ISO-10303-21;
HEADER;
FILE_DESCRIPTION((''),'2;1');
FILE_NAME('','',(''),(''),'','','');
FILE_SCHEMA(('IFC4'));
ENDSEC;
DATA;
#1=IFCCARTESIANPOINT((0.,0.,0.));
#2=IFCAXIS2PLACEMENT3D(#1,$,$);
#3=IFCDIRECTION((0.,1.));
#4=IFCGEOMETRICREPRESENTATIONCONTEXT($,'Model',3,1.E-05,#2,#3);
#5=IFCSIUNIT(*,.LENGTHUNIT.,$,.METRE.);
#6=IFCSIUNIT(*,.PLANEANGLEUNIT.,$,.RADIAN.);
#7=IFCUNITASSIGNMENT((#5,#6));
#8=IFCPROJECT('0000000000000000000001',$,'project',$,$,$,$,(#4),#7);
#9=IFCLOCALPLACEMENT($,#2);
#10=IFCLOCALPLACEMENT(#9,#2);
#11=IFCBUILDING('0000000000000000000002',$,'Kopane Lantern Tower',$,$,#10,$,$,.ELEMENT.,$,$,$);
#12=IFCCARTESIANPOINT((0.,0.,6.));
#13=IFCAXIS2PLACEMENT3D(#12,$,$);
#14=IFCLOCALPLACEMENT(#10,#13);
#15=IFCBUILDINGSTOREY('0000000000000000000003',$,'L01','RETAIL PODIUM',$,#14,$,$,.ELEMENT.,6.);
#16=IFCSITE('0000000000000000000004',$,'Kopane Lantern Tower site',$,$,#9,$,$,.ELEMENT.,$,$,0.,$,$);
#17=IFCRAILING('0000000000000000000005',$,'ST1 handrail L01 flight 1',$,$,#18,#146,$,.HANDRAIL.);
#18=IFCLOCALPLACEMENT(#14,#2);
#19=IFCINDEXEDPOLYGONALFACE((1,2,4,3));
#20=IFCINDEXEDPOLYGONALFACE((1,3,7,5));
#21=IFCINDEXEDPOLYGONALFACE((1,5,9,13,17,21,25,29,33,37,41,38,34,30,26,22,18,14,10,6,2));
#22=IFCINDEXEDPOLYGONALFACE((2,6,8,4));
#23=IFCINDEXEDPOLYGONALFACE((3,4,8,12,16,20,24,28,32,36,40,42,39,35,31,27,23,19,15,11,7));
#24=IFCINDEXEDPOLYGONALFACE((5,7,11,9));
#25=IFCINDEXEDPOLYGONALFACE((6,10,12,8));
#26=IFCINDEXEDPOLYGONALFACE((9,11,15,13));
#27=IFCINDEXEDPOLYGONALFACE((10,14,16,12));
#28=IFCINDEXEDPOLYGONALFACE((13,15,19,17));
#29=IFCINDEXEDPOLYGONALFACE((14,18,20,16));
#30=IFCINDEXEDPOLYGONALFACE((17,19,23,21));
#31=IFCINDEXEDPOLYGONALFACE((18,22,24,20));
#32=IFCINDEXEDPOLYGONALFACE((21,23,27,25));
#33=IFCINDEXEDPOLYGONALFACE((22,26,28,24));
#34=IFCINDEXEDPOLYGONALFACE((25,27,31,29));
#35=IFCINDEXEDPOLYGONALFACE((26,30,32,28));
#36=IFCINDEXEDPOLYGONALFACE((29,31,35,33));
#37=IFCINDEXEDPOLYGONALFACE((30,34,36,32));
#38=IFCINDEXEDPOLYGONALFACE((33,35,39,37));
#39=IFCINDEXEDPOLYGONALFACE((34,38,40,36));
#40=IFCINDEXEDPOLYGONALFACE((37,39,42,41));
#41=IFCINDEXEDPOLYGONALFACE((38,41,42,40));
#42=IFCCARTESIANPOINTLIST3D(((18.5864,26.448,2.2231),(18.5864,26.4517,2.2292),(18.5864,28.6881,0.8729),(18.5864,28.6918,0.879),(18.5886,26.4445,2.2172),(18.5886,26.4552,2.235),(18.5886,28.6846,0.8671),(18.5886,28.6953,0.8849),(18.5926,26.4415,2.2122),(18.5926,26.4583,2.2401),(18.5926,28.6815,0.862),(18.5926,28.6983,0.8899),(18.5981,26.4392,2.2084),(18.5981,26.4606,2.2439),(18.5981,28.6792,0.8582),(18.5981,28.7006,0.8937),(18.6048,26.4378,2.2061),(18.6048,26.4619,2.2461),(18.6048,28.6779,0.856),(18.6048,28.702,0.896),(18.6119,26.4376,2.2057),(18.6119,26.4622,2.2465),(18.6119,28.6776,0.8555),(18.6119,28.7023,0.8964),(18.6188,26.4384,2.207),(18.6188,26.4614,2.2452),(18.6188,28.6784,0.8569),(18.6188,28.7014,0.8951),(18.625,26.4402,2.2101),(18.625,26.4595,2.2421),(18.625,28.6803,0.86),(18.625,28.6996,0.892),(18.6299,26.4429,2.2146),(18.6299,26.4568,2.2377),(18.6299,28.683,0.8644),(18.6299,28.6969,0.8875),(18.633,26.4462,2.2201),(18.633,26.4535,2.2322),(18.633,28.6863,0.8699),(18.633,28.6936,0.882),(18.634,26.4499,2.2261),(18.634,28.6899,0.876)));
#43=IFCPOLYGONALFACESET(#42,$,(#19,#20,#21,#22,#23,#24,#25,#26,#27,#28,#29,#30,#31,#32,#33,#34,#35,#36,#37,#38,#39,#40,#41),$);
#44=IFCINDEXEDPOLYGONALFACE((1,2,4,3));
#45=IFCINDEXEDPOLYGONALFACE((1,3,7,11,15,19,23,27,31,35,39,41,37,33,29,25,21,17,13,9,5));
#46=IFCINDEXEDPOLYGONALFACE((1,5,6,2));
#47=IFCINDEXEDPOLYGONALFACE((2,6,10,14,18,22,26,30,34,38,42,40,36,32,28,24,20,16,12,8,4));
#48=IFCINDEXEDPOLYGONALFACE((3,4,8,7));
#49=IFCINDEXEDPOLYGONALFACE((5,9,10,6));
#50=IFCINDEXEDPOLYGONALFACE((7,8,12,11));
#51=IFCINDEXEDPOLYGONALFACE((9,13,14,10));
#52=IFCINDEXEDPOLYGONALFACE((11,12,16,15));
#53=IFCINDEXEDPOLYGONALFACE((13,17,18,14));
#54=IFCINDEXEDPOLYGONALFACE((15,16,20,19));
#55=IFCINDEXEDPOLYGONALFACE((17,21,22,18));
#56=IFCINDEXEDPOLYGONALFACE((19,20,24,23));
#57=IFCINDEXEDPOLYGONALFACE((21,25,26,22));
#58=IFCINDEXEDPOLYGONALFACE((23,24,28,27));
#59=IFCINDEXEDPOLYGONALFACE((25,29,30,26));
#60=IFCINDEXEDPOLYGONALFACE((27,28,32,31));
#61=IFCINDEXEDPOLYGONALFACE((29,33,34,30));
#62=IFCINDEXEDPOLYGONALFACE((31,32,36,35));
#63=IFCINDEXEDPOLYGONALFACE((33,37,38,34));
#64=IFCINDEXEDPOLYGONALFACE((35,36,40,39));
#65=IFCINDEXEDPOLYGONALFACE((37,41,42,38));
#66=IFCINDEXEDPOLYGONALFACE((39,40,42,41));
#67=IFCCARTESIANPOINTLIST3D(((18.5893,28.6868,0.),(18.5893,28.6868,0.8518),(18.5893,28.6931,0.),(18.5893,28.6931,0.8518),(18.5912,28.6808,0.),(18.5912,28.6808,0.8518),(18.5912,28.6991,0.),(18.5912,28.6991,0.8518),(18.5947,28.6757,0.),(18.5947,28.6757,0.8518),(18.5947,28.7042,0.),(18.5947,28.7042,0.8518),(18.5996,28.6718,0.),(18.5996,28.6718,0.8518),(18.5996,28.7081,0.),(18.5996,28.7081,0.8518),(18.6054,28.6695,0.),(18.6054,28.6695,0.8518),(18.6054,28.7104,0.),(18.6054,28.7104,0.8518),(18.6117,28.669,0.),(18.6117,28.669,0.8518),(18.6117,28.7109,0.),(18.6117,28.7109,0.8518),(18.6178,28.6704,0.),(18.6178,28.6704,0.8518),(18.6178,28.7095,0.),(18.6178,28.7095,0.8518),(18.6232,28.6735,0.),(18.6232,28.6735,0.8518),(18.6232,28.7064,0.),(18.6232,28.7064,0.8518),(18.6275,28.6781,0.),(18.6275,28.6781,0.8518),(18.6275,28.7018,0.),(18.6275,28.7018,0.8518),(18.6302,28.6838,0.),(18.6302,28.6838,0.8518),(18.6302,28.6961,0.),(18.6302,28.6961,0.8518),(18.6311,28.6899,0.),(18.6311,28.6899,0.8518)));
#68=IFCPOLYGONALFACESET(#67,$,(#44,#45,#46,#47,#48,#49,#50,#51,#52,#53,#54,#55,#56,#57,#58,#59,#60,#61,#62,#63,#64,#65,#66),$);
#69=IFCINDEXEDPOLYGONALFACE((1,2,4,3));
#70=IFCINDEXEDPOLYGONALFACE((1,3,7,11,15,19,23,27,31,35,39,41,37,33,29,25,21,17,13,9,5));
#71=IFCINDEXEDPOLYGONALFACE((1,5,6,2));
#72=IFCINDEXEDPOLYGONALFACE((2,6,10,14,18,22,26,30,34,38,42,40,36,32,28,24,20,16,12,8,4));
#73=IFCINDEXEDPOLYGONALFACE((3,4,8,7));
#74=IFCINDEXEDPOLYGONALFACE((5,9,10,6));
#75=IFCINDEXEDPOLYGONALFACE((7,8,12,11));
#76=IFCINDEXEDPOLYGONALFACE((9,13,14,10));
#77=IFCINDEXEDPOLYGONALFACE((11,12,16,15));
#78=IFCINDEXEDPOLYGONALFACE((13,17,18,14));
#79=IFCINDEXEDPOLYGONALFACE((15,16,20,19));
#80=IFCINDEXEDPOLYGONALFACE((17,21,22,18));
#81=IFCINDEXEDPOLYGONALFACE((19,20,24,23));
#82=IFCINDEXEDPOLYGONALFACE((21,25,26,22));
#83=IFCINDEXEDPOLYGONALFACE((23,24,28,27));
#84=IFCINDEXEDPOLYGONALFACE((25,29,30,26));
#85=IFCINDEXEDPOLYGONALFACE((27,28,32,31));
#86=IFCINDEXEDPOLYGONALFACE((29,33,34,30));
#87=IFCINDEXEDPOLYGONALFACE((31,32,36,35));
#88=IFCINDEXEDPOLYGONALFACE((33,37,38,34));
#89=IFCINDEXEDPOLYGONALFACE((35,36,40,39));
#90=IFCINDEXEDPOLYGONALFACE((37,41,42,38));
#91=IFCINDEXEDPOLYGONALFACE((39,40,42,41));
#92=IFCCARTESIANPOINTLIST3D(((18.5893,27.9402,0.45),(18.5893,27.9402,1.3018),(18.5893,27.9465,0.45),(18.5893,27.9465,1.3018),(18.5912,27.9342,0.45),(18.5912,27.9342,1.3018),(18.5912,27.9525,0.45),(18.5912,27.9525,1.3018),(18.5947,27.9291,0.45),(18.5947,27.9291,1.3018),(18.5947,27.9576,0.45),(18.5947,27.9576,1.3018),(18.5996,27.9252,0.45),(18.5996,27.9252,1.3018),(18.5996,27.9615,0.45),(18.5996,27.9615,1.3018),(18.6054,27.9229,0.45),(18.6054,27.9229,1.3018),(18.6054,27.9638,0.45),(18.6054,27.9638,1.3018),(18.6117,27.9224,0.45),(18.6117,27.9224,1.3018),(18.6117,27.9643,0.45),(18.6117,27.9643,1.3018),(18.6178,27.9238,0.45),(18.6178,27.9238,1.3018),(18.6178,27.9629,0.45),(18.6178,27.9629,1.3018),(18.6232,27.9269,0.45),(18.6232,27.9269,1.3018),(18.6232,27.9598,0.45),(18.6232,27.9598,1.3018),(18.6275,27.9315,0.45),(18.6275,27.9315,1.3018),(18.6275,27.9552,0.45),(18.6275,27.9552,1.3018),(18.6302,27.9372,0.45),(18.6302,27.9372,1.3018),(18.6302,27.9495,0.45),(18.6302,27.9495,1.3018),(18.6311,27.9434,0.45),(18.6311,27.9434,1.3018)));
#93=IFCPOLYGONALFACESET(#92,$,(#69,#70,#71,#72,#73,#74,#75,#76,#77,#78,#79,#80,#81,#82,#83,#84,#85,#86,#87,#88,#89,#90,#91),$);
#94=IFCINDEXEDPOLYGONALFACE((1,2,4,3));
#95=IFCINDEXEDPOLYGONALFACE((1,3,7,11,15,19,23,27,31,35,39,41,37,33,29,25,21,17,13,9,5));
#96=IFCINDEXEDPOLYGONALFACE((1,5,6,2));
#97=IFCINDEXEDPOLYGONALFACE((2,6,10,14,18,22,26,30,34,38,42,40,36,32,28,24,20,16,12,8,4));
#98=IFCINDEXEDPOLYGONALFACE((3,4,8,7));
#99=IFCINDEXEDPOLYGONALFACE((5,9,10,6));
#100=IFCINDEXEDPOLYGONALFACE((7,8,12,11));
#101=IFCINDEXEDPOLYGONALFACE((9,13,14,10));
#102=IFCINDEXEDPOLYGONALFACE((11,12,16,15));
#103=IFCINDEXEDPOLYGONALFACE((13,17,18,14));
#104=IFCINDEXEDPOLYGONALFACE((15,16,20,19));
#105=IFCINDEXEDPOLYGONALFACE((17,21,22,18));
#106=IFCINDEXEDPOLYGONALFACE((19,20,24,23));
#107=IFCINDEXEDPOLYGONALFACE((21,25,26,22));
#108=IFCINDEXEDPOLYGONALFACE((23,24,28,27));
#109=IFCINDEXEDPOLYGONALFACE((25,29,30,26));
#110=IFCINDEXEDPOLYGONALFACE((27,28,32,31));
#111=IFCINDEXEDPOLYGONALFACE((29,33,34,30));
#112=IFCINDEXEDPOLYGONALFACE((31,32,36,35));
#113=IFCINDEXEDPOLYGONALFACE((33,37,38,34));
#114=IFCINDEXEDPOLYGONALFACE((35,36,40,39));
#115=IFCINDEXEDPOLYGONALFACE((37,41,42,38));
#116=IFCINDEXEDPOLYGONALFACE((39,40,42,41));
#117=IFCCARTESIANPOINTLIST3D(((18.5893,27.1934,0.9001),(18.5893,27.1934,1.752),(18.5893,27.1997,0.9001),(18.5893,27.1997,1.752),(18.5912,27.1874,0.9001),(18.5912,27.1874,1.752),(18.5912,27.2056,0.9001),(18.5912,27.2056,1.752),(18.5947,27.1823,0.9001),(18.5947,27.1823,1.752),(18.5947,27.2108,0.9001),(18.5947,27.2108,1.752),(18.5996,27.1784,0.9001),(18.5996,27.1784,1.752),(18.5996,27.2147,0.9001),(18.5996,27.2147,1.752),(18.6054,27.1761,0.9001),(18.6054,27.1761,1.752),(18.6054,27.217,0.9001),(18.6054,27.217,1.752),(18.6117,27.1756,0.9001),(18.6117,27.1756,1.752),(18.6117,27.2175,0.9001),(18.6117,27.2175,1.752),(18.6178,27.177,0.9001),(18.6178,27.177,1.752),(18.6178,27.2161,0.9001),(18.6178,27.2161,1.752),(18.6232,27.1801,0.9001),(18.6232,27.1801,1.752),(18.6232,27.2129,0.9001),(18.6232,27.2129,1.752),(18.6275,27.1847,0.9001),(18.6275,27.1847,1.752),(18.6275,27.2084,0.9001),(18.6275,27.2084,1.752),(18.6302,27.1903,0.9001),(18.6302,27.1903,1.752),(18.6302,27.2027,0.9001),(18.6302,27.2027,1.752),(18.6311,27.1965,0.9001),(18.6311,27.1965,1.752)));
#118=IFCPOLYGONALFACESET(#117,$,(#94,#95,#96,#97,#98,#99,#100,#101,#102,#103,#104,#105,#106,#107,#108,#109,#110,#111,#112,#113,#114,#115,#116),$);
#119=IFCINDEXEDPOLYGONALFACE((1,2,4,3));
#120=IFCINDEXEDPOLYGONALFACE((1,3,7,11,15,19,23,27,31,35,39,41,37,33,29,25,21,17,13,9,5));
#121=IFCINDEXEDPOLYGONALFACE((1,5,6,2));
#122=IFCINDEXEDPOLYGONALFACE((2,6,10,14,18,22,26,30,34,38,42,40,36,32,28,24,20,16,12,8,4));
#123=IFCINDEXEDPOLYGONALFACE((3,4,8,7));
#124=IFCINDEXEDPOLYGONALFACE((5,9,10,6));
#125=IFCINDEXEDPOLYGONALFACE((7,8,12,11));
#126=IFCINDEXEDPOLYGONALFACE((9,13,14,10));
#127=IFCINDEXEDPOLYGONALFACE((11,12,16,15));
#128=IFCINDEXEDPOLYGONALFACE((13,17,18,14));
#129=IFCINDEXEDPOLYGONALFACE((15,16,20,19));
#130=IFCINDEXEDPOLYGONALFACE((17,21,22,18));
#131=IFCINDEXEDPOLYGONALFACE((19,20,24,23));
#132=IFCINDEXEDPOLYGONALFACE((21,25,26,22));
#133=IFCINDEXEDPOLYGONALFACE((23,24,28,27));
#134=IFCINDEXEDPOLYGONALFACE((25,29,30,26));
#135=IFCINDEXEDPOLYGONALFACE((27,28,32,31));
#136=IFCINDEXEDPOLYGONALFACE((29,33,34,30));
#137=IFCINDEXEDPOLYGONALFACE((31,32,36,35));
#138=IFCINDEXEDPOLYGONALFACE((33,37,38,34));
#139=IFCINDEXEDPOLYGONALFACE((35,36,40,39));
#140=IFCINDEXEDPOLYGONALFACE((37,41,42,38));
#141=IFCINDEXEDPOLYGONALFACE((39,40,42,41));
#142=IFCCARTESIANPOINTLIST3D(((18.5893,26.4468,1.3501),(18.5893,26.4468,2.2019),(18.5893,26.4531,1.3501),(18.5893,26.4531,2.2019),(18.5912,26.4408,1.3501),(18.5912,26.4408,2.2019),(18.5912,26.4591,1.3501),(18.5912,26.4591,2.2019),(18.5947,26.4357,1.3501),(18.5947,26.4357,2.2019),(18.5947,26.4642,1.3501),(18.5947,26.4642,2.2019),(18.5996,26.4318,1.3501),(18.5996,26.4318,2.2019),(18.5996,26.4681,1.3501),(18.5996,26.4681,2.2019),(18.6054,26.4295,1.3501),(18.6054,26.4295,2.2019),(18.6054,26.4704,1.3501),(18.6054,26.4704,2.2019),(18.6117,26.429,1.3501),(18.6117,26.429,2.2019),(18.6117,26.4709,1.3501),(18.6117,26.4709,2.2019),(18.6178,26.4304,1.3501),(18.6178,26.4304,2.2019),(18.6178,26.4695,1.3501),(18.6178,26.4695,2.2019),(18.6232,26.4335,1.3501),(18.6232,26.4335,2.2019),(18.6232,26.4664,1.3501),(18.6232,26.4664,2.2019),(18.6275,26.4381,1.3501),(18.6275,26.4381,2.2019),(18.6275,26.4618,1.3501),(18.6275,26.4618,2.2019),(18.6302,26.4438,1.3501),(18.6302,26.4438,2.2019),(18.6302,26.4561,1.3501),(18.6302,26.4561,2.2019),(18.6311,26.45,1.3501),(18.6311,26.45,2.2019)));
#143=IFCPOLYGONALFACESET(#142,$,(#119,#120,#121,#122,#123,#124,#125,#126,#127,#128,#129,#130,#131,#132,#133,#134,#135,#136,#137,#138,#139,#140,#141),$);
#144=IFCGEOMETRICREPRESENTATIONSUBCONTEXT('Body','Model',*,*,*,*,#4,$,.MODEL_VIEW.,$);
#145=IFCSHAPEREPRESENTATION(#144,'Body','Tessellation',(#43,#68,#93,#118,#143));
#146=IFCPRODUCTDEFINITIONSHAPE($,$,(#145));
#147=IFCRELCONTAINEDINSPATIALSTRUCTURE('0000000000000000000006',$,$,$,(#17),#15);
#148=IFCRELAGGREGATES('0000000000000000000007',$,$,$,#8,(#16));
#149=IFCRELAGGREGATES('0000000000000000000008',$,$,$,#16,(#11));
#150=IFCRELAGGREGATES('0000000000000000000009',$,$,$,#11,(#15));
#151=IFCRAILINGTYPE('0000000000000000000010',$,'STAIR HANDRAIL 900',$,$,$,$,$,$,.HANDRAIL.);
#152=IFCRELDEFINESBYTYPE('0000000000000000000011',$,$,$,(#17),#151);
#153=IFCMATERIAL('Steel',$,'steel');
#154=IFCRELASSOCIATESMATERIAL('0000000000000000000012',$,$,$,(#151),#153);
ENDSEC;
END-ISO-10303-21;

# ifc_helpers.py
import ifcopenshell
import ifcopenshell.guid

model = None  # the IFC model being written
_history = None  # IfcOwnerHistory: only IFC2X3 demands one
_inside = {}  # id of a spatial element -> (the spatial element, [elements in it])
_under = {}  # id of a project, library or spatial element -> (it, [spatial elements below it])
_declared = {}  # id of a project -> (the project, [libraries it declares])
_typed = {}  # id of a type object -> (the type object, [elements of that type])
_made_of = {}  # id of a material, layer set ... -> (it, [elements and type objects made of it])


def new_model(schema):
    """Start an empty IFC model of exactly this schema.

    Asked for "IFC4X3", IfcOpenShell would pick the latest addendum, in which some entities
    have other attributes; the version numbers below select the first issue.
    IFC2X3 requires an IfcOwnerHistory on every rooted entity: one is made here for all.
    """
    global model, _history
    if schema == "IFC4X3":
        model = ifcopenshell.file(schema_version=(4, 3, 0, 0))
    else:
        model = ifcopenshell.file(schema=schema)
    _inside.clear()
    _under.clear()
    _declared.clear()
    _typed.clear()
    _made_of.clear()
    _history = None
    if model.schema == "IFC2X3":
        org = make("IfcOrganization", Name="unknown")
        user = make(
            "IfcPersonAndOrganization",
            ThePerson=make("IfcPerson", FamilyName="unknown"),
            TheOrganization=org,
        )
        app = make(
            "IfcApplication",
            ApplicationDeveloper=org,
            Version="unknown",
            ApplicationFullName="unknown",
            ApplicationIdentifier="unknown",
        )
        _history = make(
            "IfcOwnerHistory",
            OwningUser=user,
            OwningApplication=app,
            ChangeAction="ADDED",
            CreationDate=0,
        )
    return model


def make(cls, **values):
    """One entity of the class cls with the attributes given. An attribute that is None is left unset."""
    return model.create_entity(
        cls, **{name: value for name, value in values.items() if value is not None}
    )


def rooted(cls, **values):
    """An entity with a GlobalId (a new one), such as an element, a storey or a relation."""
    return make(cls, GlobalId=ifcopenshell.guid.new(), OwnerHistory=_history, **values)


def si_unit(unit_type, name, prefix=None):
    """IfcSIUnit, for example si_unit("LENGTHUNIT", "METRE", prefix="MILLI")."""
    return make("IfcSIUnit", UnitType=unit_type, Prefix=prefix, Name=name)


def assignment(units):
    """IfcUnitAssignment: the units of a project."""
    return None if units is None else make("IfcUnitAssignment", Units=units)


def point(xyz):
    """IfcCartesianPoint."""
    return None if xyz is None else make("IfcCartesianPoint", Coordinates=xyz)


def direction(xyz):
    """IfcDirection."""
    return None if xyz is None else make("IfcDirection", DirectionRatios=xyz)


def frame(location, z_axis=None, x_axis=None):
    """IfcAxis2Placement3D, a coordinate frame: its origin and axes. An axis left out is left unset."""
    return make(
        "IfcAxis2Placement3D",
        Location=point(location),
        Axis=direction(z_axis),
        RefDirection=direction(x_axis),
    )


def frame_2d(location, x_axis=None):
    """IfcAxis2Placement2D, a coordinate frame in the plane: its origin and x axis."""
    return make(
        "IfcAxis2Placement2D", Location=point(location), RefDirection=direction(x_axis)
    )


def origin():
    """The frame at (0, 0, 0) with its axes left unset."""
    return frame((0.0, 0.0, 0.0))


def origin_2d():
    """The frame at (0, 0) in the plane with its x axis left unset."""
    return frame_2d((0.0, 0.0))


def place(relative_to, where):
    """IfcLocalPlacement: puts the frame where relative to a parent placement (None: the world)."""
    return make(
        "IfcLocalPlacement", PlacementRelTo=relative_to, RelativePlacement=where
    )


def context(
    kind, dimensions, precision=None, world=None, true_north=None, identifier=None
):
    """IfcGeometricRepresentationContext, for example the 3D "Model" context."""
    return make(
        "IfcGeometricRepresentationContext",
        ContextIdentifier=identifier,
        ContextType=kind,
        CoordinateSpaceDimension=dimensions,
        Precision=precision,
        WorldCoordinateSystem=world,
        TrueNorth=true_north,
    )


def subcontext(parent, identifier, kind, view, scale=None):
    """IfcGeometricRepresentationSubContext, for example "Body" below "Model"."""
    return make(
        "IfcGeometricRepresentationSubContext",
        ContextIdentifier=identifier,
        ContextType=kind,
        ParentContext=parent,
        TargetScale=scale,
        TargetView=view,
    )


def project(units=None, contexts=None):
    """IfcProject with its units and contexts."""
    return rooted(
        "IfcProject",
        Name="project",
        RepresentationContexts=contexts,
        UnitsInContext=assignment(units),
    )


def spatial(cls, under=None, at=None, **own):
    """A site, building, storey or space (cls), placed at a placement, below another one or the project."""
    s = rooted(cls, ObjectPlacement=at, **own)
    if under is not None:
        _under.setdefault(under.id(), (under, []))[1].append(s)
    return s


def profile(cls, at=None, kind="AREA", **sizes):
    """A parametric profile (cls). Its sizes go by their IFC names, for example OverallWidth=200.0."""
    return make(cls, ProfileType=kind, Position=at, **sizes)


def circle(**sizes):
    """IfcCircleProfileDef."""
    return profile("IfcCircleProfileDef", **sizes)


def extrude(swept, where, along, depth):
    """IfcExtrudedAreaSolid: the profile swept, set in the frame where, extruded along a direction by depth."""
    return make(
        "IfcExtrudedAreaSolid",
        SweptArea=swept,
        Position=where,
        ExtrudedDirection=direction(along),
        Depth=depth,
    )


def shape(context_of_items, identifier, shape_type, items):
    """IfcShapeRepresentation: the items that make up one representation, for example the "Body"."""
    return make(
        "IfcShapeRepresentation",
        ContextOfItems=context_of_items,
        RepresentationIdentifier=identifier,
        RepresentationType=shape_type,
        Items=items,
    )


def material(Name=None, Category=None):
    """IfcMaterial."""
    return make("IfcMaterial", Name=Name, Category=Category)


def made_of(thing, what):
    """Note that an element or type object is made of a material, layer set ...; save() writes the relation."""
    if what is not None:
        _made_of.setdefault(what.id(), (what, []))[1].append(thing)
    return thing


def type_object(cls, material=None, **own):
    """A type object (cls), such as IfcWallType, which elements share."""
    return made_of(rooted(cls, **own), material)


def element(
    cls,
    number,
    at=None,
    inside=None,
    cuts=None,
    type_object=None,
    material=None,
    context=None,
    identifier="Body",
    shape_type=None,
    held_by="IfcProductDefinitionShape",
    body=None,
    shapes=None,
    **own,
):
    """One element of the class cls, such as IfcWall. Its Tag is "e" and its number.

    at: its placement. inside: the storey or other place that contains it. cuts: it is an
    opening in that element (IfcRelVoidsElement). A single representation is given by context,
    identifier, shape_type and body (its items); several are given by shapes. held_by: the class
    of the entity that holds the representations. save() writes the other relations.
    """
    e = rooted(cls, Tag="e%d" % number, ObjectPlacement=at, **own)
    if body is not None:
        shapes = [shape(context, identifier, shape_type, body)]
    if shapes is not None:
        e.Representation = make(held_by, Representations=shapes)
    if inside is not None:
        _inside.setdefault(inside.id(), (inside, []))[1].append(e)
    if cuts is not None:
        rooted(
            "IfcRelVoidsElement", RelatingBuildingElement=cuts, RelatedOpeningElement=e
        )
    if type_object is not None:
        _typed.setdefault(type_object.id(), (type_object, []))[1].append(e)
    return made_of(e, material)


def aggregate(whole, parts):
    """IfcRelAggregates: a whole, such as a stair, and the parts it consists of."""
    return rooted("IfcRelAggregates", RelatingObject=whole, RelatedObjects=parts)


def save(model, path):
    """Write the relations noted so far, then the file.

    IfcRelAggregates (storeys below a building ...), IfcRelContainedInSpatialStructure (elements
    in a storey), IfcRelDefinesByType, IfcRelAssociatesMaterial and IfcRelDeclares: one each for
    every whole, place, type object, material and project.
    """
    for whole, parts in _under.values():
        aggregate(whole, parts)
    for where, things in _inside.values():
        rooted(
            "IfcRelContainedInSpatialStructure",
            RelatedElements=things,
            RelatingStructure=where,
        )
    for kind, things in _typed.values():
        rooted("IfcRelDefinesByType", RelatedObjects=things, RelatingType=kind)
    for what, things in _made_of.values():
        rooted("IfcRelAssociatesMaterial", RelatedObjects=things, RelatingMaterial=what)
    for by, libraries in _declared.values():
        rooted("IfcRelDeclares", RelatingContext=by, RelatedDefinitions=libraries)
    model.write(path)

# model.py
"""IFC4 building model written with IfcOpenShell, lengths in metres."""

from ifc_helpers import new_model, si_unit, direction, frame, origin, origin_2d, place, context, subcontext, project, spatial, circle, extrude, material, type_object, element, save


model = new_model("IFC4")

# Units and contexts
model_context = context("Model", 3, precision=1e-05, world=origin(), true_north=direction((0.0, 1.0)))
body_context = subcontext(model_context, "Body", "Model", "MODEL_VIEW")
ifc_project = project(units=[si_unit("LENGTHUNIT", "METRE"), si_unit("PLANEANGLEUNIT", "RADIAN")], contexts=[model_context])

# Site, building, storey
site_placement = place(None, origin())
site = spatial("IfcSite", under=ifc_project, at=site_placement, Name="Kopane Lantern Tower site", CompositionType="ELEMENT", RefElevation=0.0)
building_placement = place(site_placement, origin())
building = spatial("IfcBuilding", under=site, at=building_placement, Name="Kopane Lantern Tower", CompositionType="ELEMENT")
storey_placement = place(building_placement, frame((0.0, 0.0, 6.0)))
storey = spatial("IfcBuildingStorey", under=building, at=storey_placement, Name="L01", Description="RETAIL PODIUM", CompositionType="ELEMENT", Elevation=6.0)

# Railing
ifc_material_1 = material(Name="Steel", Category="steel")
railing_type_1 = type_object("IfcRailingType", Name="STAIR HANDRAIL 900", PredefinedType="HANDRAIL", material=ifc_material_1)
for number, where, name in (
    (1, (18.6101, 28.6899, 0.0), "ST1 handrail L01 flight 1"),
):
    element("IfcRailing", number, at=place(storey_placement, frame(where)), inside=storey, type_object=railing_type_1, Name=name, PredefinedType="HANDRAIL", context=body_context, shape_type="SweptSolid", body=[
        extrude(circle(Radius=0.0239, at=origin_2d()), frame((0.0, 0.0, 0.876), z_axis=(0.0, -0.856462, 0.516211), x_axis=(1.0, 0.0, 0.0)), (0.0, 0.0, 1.0), 2.6155),
        extrude(circle(Radius=0.021, at=origin_2d()), origin(), (0.0, 0.0, 1.0), 0.8518),
        extrude(circle(Radius=0.021, at=origin_2d()), frame((0.0, -0.7466, 0.45)), (0.0, 0.0, 1.0), 0.8518),
        extrude(circle(Radius=0.021, at=origin_2d()), frame((0.0, -1.4934, 0.9001)), (0.0, 0.0, 1.0), 0.8518),
        extrude(circle(Radius=0.021, at=origin_2d()), frame((0.0, -2.24, 1.3501)), (0.0, 0.0, 1.0), 0.8518),
    ])

save(model, "model.ifc")
